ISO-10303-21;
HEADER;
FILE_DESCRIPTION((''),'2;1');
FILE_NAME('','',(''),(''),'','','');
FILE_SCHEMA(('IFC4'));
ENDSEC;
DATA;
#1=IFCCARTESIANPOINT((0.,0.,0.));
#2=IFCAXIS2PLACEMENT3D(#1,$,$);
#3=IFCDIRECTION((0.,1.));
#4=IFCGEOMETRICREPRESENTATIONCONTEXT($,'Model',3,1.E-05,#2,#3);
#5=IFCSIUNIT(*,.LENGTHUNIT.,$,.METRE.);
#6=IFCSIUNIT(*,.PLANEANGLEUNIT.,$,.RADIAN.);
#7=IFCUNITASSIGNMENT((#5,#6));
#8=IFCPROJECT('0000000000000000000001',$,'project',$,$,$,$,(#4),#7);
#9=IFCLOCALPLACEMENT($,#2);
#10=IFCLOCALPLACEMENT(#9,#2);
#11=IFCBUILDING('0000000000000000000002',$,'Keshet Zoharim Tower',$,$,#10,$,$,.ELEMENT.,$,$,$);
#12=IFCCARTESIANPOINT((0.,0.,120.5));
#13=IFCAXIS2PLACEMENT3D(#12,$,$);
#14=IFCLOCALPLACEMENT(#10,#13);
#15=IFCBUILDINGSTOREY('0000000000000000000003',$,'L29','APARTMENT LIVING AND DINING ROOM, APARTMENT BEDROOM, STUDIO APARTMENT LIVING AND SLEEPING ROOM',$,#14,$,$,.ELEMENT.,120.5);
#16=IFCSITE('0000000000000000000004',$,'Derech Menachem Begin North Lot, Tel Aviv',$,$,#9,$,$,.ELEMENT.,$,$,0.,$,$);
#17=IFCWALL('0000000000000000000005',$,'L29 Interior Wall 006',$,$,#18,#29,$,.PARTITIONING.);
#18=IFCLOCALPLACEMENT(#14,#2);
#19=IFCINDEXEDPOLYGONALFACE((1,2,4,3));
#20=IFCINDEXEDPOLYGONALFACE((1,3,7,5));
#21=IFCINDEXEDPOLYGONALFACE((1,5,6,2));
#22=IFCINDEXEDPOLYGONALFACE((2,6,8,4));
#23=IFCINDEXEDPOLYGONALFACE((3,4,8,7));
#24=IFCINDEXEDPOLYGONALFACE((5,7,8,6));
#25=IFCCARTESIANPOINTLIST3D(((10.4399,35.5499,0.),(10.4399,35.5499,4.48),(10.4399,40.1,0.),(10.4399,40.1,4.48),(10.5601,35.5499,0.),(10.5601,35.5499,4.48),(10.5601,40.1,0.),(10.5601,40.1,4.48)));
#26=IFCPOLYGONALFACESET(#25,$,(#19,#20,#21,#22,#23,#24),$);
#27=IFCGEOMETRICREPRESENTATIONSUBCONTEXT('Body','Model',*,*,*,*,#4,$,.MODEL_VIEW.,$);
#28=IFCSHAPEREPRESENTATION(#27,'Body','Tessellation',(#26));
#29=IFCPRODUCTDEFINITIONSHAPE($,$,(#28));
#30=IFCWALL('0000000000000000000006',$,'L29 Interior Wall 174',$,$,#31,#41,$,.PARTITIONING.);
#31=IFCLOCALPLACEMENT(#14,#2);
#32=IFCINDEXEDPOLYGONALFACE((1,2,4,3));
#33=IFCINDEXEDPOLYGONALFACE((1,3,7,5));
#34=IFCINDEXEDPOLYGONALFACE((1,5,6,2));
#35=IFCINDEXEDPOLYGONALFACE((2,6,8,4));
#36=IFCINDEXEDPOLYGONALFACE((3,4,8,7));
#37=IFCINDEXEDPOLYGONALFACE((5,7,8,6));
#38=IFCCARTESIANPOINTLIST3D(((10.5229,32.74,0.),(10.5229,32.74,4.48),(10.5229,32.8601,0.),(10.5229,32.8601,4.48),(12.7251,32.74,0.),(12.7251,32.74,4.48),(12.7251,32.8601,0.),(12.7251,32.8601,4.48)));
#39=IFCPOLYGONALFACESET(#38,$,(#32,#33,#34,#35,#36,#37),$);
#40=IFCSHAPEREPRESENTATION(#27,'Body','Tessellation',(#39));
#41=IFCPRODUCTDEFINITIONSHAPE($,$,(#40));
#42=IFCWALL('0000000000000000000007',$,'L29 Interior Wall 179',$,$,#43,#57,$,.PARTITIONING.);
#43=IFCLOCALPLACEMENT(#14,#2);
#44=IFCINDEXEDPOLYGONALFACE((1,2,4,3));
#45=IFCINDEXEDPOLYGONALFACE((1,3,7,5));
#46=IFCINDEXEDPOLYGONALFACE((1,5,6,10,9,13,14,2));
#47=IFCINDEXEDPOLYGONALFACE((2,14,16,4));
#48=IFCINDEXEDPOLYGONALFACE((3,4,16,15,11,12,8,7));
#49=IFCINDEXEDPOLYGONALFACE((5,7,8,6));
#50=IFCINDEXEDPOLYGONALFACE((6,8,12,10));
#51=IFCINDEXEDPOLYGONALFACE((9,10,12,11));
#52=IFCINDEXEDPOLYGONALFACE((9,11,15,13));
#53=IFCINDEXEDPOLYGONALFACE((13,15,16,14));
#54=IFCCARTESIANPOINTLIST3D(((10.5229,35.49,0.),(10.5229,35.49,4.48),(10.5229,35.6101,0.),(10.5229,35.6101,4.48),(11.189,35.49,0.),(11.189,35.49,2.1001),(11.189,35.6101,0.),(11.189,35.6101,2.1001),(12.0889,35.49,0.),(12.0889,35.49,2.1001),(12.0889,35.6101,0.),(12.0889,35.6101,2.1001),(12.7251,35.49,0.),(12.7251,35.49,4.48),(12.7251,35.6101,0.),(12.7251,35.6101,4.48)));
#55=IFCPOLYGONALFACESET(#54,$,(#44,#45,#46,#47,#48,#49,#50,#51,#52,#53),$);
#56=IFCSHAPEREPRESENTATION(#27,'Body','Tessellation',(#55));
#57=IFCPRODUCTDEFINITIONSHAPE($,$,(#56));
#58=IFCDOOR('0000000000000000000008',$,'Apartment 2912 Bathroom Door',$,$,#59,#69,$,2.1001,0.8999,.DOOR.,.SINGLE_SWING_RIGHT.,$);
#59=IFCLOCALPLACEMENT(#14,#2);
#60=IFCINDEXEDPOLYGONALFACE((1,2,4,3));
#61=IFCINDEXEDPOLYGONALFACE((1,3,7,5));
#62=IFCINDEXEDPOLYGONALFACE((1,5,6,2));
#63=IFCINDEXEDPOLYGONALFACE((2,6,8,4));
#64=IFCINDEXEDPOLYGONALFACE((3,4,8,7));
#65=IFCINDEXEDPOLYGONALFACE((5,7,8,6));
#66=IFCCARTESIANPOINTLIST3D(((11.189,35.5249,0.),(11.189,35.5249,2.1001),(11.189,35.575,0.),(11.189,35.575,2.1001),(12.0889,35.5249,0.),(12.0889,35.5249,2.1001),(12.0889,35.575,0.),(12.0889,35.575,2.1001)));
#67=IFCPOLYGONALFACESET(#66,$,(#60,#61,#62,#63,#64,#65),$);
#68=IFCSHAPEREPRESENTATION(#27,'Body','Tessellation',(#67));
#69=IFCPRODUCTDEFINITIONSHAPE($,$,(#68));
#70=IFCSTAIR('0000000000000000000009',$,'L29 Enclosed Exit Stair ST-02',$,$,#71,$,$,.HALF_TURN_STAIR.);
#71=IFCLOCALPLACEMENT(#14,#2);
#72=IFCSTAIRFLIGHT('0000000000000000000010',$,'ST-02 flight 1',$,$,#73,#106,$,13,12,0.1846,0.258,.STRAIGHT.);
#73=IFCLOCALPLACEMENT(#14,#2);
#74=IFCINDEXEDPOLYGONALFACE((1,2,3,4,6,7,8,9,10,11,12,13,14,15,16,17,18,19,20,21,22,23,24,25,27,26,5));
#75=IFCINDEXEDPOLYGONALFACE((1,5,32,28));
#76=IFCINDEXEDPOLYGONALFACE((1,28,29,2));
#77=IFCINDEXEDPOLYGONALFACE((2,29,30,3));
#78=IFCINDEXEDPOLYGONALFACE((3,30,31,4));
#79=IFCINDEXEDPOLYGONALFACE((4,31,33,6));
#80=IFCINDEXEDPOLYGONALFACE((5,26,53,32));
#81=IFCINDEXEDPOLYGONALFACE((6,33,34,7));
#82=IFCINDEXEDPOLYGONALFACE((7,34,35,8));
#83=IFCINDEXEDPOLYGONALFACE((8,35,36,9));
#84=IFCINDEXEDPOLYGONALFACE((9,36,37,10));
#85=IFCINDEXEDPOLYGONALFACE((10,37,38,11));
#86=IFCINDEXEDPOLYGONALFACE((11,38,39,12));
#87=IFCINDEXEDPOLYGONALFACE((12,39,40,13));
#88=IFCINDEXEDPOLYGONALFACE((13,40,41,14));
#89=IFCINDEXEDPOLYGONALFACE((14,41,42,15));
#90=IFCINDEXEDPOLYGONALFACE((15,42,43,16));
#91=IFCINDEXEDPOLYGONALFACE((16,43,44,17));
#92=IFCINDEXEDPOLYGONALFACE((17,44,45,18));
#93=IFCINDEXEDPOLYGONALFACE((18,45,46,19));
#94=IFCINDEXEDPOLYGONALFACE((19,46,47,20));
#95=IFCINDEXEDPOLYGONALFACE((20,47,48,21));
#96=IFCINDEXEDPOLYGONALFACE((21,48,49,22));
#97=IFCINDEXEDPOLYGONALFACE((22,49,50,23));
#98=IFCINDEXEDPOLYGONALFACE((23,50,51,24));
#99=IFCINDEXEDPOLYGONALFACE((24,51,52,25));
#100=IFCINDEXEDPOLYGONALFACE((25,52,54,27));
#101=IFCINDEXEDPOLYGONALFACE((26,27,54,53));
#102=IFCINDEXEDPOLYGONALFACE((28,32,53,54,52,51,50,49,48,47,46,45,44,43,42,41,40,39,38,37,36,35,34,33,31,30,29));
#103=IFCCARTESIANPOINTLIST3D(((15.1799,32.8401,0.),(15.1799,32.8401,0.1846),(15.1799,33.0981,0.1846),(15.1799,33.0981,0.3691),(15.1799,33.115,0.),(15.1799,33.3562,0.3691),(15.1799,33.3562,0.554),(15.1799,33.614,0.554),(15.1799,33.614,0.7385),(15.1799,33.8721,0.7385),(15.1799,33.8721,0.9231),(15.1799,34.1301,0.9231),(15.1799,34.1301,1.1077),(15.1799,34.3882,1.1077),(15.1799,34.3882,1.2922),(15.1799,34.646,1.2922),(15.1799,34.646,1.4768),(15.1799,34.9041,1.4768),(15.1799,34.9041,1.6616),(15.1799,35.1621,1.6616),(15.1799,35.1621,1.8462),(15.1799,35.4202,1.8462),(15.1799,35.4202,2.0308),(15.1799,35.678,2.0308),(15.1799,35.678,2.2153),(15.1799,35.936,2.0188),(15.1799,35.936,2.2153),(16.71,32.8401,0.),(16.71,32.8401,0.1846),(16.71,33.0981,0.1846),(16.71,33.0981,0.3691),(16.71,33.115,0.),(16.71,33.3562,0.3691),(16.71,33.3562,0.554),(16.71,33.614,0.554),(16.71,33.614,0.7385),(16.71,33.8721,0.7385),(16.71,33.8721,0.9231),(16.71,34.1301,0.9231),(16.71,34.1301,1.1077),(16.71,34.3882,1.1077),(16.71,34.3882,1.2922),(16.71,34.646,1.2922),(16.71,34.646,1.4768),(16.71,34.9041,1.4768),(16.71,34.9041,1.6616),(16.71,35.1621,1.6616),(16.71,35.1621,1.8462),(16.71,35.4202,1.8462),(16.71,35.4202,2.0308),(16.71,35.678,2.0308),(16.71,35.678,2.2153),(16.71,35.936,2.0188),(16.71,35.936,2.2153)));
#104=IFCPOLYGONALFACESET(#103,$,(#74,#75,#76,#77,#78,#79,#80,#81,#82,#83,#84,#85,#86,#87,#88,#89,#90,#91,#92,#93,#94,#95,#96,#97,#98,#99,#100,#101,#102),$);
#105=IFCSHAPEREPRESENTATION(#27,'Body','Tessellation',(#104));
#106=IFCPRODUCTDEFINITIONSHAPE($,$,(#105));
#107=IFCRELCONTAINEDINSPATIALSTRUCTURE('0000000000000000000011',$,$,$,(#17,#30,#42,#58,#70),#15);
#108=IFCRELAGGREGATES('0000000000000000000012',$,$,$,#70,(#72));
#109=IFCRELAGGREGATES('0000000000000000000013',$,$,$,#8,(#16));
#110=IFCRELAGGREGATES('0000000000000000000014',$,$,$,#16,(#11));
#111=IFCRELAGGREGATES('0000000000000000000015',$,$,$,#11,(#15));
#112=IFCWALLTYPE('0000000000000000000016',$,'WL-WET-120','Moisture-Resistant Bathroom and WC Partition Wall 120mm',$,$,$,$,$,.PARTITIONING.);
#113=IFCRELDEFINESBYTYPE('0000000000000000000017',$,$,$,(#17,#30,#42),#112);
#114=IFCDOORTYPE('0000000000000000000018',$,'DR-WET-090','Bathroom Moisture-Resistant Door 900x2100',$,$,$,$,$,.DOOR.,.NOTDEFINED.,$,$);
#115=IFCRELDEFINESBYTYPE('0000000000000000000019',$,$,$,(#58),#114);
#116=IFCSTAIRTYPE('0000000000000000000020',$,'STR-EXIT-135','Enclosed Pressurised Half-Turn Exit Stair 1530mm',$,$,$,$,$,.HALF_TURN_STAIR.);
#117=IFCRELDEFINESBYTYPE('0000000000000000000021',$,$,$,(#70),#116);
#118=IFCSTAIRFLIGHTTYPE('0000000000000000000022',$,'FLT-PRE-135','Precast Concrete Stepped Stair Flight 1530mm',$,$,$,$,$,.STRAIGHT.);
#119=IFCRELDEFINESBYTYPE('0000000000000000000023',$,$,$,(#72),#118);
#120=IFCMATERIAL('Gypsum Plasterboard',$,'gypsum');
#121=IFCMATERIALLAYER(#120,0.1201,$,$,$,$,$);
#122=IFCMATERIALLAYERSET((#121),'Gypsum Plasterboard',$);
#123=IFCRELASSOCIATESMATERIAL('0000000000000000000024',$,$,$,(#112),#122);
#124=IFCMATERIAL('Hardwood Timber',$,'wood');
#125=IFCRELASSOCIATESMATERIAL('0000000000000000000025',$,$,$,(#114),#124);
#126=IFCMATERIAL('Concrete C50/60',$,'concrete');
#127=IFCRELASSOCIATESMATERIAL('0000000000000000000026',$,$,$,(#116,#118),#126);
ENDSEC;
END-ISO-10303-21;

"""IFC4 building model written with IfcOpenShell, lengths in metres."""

from ifc_helpers import new_model, si_unit, direction, frame, frame_2d, origin, place, context, subcontext, project, spatial, polyline, rectangle, outline, extrude, material, layer, layer_set, type_object, element, fill, aggregate, save


model = new_model("IFC4")

# Units and contexts
model_context = context("Model", 3, precision=1e-05, world=origin(), true_north=direction((0.0, 1.0)))
body_context = subcontext(model_context, "Body", "Model", "MODEL_VIEW")
ifc_project = project(units=[si_unit("LENGTHUNIT", "METRE"), si_unit("PLANEANGLEUNIT", "RADIAN")], contexts=[model_context])

# Site, building, storey
site_placement = place(None, origin())
site = spatial("IfcSite", under=ifc_project, at=site_placement, Name="Derech Menachem Begin North Lot, Tel Aviv", CompositionType="ELEMENT", RefElevation=0.0)
building_placement = place(site_placement, origin())
building = spatial("IfcBuilding", under=site, at=building_placement, Name="Keshet Zoharim Tower", CompositionType="ELEMENT")
storey_placement = place(building_placement, frame((0.0, 0.0, 120.5)))
storey = spatial("IfcBuildingStorey", under=building, at=storey_placement, Name="L29", Description="APARTMENT LIVING AND DINING ROOM, APARTMENT BEDROOM, STUDIO APARTMENT LIVING AND SLEEPING ROOM", CompositionType="ELEMENT", Elevation=120.5)

# Shared definitions
ifc_material_1 = material(Name="Gypsum Plasterboard", Category="gypsum")
ifc_material_2 = material(Name="Hardwood Timber", Category="wood")

# Walls
ifc_layer_1 = layer(ifc_material_1, 0.1201)
ifc_layer_set_1 = layer_set([ifc_layer_1], Name="Gypsum Plasterboard")
wall_type_1 = type_object("IfcWallType", Name="WL-WET-120", Description="Moisture-Resistant Bathroom and WC Partition Wall 120mm", PredefinedType="PARTITIONING", material=ifc_layer_set_1)
wall_1_placement = place(storey_placement, frame((10.5, 35.55, 0.0), z_axis=(0.0, 0.0, 1.0), x_axis=(0.0, 1.0, 0.0)))
element("IfcWall", 1, at=wall_1_placement, inside=storey, type_object=wall_type_1, Name="L29 Interior Wall 006", PredefinedType="PARTITIONING", context=body_context, shape_type="SweptSolid", body=[
    extrude(rectangle(XDim=4.55, YDim=0.1201, at=frame_2d((2.2749, 0.0))), origin(), (0.0, 0.0, 1.0), 4.48),
])
wall_2_placement = place(storey_placement, frame((10.5229, 32.8, 0.0), z_axis=(0.0, 0.0, 1.0), x_axis=(1.0, 0.0, 0.0)))
element("IfcWall", 2, at=wall_2_placement, inside=storey, type_object=wall_type_1, Name="L29 Interior Wall 174", PredefinedType="PARTITIONING", context=body_context, shape_type="SweptSolid", body=[
    extrude(rectangle(XDim=2.2021, YDim=0.1201, at=frame_2d((1.1011, 0.0))), origin(), (0.0, 0.0, 1.0), 4.48),
])

# Wall, opening, door
wall_3_placement = place(storey_placement, frame((10.5229, 35.55, 0.0), z_axis=(0.0, 0.0, 1.0), x_axis=(1.0, 0.0, 0.0)))
wall_3 = element("IfcWall", 3, at=wall_3_placement, inside=storey, type_object=wall_type_1, Name="L29 Interior Wall 179", PredefinedType="PARTITIONING", context=body_context, shape_type="SweptSolid", body=[
    extrude(rectangle(XDim=2.2021, YDim=0.1201, at=frame_2d((1.1011, 0.0))), origin(), (0.0, 0.0, 1.0), 4.48),
])
opening_1_placement = place(wall_3_placement, frame((0.666, 0.0, 0.0)))
opening_1 = element("IfcOpeningElement", 4, at=opening_1_placement, cuts=wall_3, PredefinedType="OPENING", context=body_context, shape_type="SweptSolid", body=[
    extrude(rectangle(XDim=0.8999, YDim=2.1001, at=frame_2d((0.45, 1.05))), frame((0.0, 0.0701, 0.0), z_axis=(0.0, -1.0, 0.0), x_axis=(1.0, 0.0, 0.0)), (0.0, 0.0, 1.0), 0.1401),
])
door_type_1 = type_object("IfcDoorType", Name="DR-WET-090", Description="Bathroom Moisture-Resistant Door 900x2100", OperationType="NOTDEFINED", PredefinedType="DOOR", material=ifc_material_2)
door_1_placement = place(opening_1_placement, origin())
door_1 = element("IfcDoor", 5, at=door_1_placement, inside=storey, type_object=door_type_1, Name="Apartment 2912 Bathroom Door", OperationType="SINGLE_SWING_RIGHT", OverallHeight=2.1001, OverallWidth=0.8999, PredefinedType="DOOR", context=body_context, shape_type="SweptSolid", body=[
    extrude(rectangle(XDim=0.8999, YDim=2.1001, at=frame_2d((0.45, 1.05))), frame((0.0, 0.0249, 0.0), z_axis=(0.0, -1.0, 0.0), x_axis=(1.0, 0.0, 0.0)), (0.0, 0.0, 1.0), 0.05),
])
fill(opening_1, door_1)

# Stair, stair flight
ifc_material_3 = material(Name="Concrete C50/60", Category="concrete")
stair_type = type_object("IfcStairType", Name="STR-EXIT-135", Description="Enclosed Pressurised Half-Turn Exit Stair 1530mm", PredefinedType="HALF_TURN_STAIR", material=ifc_material_3)
stair_placement = place(storey_placement, origin())
stair = element("IfcStair", 6, at=stair_placement, inside=storey, type_object=stair_type, Name="L29 Enclosed Exit Stair ST-02", PredefinedType="HALF_TURN_STAIR")
stair_flight_type = type_object("IfcStairFlightType", Name="FLT-PRE-135", Description="Precast Concrete Stepped Stair Flight 1530mm", PredefinedType="STRAIGHT", material=ifc_material_3)
stair_flight_placement = place(storey_placement, frame((15.9451, 32.8401, 0.0), z_axis=(0.0, 0.0, 1.0), x_axis=(0.0, 1.0, 0.0)))
stair_flight = element("IfcStairFlight", 7, at=stair_flight_placement, type_object=stair_flight_type, Name="ST-02 flight 1", NumberOfRisers=13, NumberOfTreads=12, PredefinedType="STRAIGHT", RiserHeight=0.1846, TreadLength=0.258, context=body_context, shape_type="SweptSolid", body=[
    extrude(outline(polyline([(0.0, 0.0), (0.0, 0.1846), (0.2581, 0.1846), (0.2581, 0.3691), (0.5161, 0.3691), (0.5161, 0.554), (0.7739, 0.554), (0.7739, 0.7385), (1.032, 0.7385), (1.032, 0.9231), (1.29, 0.9231), (1.29, 1.1077), (1.5481, 1.1077), (1.5481, 1.2922), (1.8059, 1.2922), (1.8059, 1.4768), (2.064, 1.4768), (2.064, 1.6616), (2.322, 1.6616), (2.322, 1.8462), (2.5801, 1.8462), (2.5801, 2.0308), (2.8379, 2.0308), (2.8379, 2.2153), (3.0959, 2.2153), (3.0959, 2.3999), (3.0959, 2.0188), (0.2749, 0.0), (0.0, 0.0)])), frame((0.0, 0.7651, 0.0), z_axis=(0.0, -1.0, 0.0), x_axis=(1.0, 0.0, 0.0)), (0.0, 0.0, 1.0), 1.53),
])
aggregate(stair, [stair_flight])

save(model, "model.ifc")
